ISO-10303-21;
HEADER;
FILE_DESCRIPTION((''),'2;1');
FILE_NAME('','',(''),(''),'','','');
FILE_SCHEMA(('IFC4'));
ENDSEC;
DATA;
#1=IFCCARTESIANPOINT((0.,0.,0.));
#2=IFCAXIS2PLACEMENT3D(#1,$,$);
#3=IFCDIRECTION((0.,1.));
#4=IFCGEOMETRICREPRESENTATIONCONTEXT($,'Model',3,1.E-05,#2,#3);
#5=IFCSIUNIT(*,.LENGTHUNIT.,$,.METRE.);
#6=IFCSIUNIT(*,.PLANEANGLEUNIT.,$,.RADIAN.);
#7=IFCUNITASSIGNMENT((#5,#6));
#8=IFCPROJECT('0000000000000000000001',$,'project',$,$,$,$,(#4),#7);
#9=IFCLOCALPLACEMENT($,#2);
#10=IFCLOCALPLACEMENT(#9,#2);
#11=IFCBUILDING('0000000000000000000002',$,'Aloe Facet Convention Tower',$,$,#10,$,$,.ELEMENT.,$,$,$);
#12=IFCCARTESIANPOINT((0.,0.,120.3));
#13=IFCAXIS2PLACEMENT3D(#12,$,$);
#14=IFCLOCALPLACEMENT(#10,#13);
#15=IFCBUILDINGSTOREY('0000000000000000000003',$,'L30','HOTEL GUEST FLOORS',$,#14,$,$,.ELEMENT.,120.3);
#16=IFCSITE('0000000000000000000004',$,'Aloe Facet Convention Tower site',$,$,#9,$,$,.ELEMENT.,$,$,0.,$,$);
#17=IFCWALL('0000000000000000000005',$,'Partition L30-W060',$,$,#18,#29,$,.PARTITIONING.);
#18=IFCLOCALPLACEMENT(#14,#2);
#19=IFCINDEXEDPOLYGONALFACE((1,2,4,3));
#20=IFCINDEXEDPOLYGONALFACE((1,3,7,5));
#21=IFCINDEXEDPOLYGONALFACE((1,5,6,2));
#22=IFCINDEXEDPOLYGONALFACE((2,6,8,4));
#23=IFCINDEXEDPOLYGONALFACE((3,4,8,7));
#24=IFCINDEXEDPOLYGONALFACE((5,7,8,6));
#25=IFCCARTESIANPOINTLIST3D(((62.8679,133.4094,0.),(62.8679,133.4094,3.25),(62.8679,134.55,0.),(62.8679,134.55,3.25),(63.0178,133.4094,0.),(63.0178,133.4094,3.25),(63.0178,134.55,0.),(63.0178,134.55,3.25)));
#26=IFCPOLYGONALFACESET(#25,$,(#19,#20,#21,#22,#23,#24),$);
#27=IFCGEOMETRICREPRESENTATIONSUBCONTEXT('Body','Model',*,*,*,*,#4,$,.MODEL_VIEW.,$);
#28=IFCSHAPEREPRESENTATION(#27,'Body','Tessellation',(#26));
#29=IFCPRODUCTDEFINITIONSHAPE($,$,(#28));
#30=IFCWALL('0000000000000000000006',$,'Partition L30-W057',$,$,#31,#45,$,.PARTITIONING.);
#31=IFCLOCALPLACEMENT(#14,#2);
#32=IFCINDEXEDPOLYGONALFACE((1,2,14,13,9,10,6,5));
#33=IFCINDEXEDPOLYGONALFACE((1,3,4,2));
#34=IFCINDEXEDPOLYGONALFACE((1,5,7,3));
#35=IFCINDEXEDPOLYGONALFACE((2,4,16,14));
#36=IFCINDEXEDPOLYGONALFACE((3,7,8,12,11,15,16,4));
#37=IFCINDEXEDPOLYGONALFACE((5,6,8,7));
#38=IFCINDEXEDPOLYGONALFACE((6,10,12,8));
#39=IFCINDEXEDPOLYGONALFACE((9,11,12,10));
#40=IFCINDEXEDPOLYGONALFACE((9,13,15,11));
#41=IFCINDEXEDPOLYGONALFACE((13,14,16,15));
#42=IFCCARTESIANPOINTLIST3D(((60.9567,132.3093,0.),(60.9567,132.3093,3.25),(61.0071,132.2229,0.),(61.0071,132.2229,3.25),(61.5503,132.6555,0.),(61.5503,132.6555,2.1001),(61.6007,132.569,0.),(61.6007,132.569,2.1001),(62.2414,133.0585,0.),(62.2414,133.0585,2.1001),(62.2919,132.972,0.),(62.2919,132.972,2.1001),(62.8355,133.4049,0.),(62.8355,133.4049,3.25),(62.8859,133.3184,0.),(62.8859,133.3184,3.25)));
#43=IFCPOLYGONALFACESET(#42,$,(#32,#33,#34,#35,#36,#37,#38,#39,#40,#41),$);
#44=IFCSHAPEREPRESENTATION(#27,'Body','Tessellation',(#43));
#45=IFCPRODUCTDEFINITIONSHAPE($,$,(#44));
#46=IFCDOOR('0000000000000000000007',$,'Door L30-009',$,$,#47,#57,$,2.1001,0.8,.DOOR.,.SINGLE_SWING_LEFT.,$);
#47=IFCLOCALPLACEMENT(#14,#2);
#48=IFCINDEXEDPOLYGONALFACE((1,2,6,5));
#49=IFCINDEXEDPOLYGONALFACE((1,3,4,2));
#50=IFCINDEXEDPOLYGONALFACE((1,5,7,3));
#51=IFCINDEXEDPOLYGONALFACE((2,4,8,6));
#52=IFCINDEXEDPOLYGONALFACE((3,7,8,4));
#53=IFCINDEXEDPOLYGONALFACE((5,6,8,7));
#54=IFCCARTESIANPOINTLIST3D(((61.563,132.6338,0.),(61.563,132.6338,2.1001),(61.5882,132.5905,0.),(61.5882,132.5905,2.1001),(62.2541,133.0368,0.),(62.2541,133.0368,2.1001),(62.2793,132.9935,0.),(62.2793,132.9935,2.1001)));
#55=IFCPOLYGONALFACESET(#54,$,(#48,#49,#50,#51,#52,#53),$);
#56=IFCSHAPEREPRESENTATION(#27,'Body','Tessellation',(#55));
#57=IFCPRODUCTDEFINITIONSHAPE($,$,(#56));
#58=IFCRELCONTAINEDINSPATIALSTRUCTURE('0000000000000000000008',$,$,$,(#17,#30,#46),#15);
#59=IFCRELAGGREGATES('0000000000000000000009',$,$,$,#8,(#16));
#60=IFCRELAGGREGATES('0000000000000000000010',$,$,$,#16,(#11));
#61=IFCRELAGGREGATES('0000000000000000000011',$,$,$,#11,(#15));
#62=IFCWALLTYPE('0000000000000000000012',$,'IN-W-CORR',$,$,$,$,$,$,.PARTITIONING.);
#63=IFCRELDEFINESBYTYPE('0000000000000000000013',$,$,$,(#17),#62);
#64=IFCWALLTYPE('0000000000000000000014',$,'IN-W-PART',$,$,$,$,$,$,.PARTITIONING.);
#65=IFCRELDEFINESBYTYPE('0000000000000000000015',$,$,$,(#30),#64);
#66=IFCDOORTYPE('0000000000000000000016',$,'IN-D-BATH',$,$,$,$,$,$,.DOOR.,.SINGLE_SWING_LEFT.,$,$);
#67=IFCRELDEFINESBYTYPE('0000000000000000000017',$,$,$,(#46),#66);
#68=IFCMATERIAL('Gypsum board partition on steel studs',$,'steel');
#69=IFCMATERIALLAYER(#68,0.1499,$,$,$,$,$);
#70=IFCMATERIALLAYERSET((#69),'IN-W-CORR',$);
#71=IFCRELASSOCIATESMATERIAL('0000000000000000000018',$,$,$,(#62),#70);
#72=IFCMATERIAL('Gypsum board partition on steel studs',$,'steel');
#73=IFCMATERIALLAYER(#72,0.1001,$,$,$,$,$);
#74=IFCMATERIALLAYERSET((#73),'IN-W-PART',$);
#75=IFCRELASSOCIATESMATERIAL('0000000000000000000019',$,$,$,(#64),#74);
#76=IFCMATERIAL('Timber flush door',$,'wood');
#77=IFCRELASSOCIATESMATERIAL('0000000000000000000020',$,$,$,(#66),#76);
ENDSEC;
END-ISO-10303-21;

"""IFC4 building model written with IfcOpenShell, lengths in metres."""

from ifc_helpers import new_model, si_unit, direction, frame, frame_2d, origin, place, context, subcontext, project, spatial, rectangle, extrude, material, layer, layer_set, type_object, element, fill, save


model = new_model("IFC4")

# Units and contexts
model_context = context("Model", 3, precision=1e-05, world=origin(), true_north=direction((0.0, 1.0)))
body_context = subcontext(model_context, "Body", "Model", "MODEL_VIEW")
ifc_project = project(units=[si_unit("LENGTHUNIT", "METRE"), si_unit("PLANEANGLEUNIT", "RADIAN")], contexts=[model_context])

# Site, building, storey
site_placement = place(None, origin())
site = spatial("IfcSite", under=ifc_project, at=site_placement, Name="Aloe Facet Convention Tower site", CompositionType="ELEMENT", RefElevation=0.0)
building_placement = place(site_placement, origin())
building = spatial("IfcBuilding", under=site, at=building_placement, Name="Aloe Facet Convention Tower", CompositionType="ELEMENT")
storey_placement = place(building_placement, frame((0.0, 0.0, 120.3)))
storey = spatial("IfcBuildingStorey", under=building, at=storey_placement, Name="L30", Description="HOTEL GUEST FLOORS", CompositionType="ELEMENT", Elevation=120.3)

# Wall
ifc_material_1 = material(Name="Gypsum board partition on steel studs", Category="steel")
ifc_layer_1 = layer(ifc_material_1, 0.1499)
ifc_layer_set_1 = layer_set([ifc_layer_1], Name="IN-W-CORR")
wall_type_1 = type_object("IfcWallType", Name="IN-W-CORR", PredefinedType="PARTITIONING", material=ifc_layer_set_1)
wall_1_placement = place(storey_placement, frame((62.9429, 133.4094, 0.0), z_axis=(0.0, 0.0, 1.0), x_axis=(0.0, 1.0, 0.0)))
element("IfcWall", 1, at=wall_1_placement, inside=storey, type_object=wall_type_1, Name="Partition L30-W060", PredefinedType="PARTITIONING", context=body_context, shape_type="SweptSolid", body=[
    extrude(rectangle(XDim=1.1406, YDim=0.1499, at=frame_2d((0.5703, 0.0))), origin(), (0.0, 0.0, 1.0), 3.25),
])

# Wall, opening, door
ifc_material_2 = material(Name="Gypsum board partition on steel studs", Category="steel")
ifc_layer_2 = layer(ifc_material_2, 0.1001)
ifc_layer_set_2 = layer_set([ifc_layer_2], Name="IN-W-PART")
wall_type_2 = type_object("IfcWallType", Name="IN-W-PART", PredefinedType="PARTITIONING", material=ifc_layer_set_2)
wall_2_placement = place(storey_placement, frame((60.9819, 132.2661, 0.0), z_axis=(0.0, 0.0, 1.0), x_axis=(0.863864, 0.503724, 0.0)))
wall_2 = element("IfcWall", 2, at=wall_2_placement, inside=storey, type_object=wall_type_2, Name="Partition L30-W057", PredefinedType="PARTITIONING", context=body_context, shape_type="SweptSolid", body=[
    extrude(rectangle(XDim=2.1748, YDim=0.1001, at=frame_2d((1.0874, 0.0))), origin(), (0.0, 0.0, 1.0), 3.25),
])
opening_1_placement = place(wall_2_placement, frame((0.6873, 0.0, 0.0)))
opening_1 = element("IfcOpeningElement", 3, at=opening_1_placement, cuts=wall_2, PredefinedType="OPENING", context=body_context, shape_type="SweptSolid", body=[
    extrude(rectangle(XDim=0.8, YDim=2.1001, at=frame_2d((0.3999, 1.05))), frame((0.0, 0.0601, 0.0), z_axis=(0.0, -1.0, 0.0), x_axis=(1.0, 0.0, 0.0)), (0.0, 0.0, 1.0), 0.1201),
])
ifc_material_3 = material(Name="Timber flush door", Category="wood")
door_type_1 = type_object("IfcDoorType", Name="IN-D-BATH", OperationType="SINGLE_SWING_LEFT", PredefinedType="DOOR", material=ifc_material_3)
door_1_placement = place(opening_1_placement, origin())
door_1 = element("IfcDoor", 4, at=door_1_placement, inside=storey, type_object=door_type_1, Name="Door L30-009", OperationType="SINGLE_SWING_LEFT", OverallHeight=2.1001, OverallWidth=0.8, PredefinedType="DOOR", context=body_context, shape_type="SweptSolid", body=[
    extrude(rectangle(XDim=0.8, YDim=2.1001, at=frame_2d((0.3999, 1.05))), frame((0.0, 0.0249, 0.0), z_axis=(0.0, -1.0, 0.0), x_axis=(1.0, 0.0, 0.0)), (0.0, 0.0, 1.0), 0.05),
])
fill(opening_1, door_1)

save(model, "model.ifc")
